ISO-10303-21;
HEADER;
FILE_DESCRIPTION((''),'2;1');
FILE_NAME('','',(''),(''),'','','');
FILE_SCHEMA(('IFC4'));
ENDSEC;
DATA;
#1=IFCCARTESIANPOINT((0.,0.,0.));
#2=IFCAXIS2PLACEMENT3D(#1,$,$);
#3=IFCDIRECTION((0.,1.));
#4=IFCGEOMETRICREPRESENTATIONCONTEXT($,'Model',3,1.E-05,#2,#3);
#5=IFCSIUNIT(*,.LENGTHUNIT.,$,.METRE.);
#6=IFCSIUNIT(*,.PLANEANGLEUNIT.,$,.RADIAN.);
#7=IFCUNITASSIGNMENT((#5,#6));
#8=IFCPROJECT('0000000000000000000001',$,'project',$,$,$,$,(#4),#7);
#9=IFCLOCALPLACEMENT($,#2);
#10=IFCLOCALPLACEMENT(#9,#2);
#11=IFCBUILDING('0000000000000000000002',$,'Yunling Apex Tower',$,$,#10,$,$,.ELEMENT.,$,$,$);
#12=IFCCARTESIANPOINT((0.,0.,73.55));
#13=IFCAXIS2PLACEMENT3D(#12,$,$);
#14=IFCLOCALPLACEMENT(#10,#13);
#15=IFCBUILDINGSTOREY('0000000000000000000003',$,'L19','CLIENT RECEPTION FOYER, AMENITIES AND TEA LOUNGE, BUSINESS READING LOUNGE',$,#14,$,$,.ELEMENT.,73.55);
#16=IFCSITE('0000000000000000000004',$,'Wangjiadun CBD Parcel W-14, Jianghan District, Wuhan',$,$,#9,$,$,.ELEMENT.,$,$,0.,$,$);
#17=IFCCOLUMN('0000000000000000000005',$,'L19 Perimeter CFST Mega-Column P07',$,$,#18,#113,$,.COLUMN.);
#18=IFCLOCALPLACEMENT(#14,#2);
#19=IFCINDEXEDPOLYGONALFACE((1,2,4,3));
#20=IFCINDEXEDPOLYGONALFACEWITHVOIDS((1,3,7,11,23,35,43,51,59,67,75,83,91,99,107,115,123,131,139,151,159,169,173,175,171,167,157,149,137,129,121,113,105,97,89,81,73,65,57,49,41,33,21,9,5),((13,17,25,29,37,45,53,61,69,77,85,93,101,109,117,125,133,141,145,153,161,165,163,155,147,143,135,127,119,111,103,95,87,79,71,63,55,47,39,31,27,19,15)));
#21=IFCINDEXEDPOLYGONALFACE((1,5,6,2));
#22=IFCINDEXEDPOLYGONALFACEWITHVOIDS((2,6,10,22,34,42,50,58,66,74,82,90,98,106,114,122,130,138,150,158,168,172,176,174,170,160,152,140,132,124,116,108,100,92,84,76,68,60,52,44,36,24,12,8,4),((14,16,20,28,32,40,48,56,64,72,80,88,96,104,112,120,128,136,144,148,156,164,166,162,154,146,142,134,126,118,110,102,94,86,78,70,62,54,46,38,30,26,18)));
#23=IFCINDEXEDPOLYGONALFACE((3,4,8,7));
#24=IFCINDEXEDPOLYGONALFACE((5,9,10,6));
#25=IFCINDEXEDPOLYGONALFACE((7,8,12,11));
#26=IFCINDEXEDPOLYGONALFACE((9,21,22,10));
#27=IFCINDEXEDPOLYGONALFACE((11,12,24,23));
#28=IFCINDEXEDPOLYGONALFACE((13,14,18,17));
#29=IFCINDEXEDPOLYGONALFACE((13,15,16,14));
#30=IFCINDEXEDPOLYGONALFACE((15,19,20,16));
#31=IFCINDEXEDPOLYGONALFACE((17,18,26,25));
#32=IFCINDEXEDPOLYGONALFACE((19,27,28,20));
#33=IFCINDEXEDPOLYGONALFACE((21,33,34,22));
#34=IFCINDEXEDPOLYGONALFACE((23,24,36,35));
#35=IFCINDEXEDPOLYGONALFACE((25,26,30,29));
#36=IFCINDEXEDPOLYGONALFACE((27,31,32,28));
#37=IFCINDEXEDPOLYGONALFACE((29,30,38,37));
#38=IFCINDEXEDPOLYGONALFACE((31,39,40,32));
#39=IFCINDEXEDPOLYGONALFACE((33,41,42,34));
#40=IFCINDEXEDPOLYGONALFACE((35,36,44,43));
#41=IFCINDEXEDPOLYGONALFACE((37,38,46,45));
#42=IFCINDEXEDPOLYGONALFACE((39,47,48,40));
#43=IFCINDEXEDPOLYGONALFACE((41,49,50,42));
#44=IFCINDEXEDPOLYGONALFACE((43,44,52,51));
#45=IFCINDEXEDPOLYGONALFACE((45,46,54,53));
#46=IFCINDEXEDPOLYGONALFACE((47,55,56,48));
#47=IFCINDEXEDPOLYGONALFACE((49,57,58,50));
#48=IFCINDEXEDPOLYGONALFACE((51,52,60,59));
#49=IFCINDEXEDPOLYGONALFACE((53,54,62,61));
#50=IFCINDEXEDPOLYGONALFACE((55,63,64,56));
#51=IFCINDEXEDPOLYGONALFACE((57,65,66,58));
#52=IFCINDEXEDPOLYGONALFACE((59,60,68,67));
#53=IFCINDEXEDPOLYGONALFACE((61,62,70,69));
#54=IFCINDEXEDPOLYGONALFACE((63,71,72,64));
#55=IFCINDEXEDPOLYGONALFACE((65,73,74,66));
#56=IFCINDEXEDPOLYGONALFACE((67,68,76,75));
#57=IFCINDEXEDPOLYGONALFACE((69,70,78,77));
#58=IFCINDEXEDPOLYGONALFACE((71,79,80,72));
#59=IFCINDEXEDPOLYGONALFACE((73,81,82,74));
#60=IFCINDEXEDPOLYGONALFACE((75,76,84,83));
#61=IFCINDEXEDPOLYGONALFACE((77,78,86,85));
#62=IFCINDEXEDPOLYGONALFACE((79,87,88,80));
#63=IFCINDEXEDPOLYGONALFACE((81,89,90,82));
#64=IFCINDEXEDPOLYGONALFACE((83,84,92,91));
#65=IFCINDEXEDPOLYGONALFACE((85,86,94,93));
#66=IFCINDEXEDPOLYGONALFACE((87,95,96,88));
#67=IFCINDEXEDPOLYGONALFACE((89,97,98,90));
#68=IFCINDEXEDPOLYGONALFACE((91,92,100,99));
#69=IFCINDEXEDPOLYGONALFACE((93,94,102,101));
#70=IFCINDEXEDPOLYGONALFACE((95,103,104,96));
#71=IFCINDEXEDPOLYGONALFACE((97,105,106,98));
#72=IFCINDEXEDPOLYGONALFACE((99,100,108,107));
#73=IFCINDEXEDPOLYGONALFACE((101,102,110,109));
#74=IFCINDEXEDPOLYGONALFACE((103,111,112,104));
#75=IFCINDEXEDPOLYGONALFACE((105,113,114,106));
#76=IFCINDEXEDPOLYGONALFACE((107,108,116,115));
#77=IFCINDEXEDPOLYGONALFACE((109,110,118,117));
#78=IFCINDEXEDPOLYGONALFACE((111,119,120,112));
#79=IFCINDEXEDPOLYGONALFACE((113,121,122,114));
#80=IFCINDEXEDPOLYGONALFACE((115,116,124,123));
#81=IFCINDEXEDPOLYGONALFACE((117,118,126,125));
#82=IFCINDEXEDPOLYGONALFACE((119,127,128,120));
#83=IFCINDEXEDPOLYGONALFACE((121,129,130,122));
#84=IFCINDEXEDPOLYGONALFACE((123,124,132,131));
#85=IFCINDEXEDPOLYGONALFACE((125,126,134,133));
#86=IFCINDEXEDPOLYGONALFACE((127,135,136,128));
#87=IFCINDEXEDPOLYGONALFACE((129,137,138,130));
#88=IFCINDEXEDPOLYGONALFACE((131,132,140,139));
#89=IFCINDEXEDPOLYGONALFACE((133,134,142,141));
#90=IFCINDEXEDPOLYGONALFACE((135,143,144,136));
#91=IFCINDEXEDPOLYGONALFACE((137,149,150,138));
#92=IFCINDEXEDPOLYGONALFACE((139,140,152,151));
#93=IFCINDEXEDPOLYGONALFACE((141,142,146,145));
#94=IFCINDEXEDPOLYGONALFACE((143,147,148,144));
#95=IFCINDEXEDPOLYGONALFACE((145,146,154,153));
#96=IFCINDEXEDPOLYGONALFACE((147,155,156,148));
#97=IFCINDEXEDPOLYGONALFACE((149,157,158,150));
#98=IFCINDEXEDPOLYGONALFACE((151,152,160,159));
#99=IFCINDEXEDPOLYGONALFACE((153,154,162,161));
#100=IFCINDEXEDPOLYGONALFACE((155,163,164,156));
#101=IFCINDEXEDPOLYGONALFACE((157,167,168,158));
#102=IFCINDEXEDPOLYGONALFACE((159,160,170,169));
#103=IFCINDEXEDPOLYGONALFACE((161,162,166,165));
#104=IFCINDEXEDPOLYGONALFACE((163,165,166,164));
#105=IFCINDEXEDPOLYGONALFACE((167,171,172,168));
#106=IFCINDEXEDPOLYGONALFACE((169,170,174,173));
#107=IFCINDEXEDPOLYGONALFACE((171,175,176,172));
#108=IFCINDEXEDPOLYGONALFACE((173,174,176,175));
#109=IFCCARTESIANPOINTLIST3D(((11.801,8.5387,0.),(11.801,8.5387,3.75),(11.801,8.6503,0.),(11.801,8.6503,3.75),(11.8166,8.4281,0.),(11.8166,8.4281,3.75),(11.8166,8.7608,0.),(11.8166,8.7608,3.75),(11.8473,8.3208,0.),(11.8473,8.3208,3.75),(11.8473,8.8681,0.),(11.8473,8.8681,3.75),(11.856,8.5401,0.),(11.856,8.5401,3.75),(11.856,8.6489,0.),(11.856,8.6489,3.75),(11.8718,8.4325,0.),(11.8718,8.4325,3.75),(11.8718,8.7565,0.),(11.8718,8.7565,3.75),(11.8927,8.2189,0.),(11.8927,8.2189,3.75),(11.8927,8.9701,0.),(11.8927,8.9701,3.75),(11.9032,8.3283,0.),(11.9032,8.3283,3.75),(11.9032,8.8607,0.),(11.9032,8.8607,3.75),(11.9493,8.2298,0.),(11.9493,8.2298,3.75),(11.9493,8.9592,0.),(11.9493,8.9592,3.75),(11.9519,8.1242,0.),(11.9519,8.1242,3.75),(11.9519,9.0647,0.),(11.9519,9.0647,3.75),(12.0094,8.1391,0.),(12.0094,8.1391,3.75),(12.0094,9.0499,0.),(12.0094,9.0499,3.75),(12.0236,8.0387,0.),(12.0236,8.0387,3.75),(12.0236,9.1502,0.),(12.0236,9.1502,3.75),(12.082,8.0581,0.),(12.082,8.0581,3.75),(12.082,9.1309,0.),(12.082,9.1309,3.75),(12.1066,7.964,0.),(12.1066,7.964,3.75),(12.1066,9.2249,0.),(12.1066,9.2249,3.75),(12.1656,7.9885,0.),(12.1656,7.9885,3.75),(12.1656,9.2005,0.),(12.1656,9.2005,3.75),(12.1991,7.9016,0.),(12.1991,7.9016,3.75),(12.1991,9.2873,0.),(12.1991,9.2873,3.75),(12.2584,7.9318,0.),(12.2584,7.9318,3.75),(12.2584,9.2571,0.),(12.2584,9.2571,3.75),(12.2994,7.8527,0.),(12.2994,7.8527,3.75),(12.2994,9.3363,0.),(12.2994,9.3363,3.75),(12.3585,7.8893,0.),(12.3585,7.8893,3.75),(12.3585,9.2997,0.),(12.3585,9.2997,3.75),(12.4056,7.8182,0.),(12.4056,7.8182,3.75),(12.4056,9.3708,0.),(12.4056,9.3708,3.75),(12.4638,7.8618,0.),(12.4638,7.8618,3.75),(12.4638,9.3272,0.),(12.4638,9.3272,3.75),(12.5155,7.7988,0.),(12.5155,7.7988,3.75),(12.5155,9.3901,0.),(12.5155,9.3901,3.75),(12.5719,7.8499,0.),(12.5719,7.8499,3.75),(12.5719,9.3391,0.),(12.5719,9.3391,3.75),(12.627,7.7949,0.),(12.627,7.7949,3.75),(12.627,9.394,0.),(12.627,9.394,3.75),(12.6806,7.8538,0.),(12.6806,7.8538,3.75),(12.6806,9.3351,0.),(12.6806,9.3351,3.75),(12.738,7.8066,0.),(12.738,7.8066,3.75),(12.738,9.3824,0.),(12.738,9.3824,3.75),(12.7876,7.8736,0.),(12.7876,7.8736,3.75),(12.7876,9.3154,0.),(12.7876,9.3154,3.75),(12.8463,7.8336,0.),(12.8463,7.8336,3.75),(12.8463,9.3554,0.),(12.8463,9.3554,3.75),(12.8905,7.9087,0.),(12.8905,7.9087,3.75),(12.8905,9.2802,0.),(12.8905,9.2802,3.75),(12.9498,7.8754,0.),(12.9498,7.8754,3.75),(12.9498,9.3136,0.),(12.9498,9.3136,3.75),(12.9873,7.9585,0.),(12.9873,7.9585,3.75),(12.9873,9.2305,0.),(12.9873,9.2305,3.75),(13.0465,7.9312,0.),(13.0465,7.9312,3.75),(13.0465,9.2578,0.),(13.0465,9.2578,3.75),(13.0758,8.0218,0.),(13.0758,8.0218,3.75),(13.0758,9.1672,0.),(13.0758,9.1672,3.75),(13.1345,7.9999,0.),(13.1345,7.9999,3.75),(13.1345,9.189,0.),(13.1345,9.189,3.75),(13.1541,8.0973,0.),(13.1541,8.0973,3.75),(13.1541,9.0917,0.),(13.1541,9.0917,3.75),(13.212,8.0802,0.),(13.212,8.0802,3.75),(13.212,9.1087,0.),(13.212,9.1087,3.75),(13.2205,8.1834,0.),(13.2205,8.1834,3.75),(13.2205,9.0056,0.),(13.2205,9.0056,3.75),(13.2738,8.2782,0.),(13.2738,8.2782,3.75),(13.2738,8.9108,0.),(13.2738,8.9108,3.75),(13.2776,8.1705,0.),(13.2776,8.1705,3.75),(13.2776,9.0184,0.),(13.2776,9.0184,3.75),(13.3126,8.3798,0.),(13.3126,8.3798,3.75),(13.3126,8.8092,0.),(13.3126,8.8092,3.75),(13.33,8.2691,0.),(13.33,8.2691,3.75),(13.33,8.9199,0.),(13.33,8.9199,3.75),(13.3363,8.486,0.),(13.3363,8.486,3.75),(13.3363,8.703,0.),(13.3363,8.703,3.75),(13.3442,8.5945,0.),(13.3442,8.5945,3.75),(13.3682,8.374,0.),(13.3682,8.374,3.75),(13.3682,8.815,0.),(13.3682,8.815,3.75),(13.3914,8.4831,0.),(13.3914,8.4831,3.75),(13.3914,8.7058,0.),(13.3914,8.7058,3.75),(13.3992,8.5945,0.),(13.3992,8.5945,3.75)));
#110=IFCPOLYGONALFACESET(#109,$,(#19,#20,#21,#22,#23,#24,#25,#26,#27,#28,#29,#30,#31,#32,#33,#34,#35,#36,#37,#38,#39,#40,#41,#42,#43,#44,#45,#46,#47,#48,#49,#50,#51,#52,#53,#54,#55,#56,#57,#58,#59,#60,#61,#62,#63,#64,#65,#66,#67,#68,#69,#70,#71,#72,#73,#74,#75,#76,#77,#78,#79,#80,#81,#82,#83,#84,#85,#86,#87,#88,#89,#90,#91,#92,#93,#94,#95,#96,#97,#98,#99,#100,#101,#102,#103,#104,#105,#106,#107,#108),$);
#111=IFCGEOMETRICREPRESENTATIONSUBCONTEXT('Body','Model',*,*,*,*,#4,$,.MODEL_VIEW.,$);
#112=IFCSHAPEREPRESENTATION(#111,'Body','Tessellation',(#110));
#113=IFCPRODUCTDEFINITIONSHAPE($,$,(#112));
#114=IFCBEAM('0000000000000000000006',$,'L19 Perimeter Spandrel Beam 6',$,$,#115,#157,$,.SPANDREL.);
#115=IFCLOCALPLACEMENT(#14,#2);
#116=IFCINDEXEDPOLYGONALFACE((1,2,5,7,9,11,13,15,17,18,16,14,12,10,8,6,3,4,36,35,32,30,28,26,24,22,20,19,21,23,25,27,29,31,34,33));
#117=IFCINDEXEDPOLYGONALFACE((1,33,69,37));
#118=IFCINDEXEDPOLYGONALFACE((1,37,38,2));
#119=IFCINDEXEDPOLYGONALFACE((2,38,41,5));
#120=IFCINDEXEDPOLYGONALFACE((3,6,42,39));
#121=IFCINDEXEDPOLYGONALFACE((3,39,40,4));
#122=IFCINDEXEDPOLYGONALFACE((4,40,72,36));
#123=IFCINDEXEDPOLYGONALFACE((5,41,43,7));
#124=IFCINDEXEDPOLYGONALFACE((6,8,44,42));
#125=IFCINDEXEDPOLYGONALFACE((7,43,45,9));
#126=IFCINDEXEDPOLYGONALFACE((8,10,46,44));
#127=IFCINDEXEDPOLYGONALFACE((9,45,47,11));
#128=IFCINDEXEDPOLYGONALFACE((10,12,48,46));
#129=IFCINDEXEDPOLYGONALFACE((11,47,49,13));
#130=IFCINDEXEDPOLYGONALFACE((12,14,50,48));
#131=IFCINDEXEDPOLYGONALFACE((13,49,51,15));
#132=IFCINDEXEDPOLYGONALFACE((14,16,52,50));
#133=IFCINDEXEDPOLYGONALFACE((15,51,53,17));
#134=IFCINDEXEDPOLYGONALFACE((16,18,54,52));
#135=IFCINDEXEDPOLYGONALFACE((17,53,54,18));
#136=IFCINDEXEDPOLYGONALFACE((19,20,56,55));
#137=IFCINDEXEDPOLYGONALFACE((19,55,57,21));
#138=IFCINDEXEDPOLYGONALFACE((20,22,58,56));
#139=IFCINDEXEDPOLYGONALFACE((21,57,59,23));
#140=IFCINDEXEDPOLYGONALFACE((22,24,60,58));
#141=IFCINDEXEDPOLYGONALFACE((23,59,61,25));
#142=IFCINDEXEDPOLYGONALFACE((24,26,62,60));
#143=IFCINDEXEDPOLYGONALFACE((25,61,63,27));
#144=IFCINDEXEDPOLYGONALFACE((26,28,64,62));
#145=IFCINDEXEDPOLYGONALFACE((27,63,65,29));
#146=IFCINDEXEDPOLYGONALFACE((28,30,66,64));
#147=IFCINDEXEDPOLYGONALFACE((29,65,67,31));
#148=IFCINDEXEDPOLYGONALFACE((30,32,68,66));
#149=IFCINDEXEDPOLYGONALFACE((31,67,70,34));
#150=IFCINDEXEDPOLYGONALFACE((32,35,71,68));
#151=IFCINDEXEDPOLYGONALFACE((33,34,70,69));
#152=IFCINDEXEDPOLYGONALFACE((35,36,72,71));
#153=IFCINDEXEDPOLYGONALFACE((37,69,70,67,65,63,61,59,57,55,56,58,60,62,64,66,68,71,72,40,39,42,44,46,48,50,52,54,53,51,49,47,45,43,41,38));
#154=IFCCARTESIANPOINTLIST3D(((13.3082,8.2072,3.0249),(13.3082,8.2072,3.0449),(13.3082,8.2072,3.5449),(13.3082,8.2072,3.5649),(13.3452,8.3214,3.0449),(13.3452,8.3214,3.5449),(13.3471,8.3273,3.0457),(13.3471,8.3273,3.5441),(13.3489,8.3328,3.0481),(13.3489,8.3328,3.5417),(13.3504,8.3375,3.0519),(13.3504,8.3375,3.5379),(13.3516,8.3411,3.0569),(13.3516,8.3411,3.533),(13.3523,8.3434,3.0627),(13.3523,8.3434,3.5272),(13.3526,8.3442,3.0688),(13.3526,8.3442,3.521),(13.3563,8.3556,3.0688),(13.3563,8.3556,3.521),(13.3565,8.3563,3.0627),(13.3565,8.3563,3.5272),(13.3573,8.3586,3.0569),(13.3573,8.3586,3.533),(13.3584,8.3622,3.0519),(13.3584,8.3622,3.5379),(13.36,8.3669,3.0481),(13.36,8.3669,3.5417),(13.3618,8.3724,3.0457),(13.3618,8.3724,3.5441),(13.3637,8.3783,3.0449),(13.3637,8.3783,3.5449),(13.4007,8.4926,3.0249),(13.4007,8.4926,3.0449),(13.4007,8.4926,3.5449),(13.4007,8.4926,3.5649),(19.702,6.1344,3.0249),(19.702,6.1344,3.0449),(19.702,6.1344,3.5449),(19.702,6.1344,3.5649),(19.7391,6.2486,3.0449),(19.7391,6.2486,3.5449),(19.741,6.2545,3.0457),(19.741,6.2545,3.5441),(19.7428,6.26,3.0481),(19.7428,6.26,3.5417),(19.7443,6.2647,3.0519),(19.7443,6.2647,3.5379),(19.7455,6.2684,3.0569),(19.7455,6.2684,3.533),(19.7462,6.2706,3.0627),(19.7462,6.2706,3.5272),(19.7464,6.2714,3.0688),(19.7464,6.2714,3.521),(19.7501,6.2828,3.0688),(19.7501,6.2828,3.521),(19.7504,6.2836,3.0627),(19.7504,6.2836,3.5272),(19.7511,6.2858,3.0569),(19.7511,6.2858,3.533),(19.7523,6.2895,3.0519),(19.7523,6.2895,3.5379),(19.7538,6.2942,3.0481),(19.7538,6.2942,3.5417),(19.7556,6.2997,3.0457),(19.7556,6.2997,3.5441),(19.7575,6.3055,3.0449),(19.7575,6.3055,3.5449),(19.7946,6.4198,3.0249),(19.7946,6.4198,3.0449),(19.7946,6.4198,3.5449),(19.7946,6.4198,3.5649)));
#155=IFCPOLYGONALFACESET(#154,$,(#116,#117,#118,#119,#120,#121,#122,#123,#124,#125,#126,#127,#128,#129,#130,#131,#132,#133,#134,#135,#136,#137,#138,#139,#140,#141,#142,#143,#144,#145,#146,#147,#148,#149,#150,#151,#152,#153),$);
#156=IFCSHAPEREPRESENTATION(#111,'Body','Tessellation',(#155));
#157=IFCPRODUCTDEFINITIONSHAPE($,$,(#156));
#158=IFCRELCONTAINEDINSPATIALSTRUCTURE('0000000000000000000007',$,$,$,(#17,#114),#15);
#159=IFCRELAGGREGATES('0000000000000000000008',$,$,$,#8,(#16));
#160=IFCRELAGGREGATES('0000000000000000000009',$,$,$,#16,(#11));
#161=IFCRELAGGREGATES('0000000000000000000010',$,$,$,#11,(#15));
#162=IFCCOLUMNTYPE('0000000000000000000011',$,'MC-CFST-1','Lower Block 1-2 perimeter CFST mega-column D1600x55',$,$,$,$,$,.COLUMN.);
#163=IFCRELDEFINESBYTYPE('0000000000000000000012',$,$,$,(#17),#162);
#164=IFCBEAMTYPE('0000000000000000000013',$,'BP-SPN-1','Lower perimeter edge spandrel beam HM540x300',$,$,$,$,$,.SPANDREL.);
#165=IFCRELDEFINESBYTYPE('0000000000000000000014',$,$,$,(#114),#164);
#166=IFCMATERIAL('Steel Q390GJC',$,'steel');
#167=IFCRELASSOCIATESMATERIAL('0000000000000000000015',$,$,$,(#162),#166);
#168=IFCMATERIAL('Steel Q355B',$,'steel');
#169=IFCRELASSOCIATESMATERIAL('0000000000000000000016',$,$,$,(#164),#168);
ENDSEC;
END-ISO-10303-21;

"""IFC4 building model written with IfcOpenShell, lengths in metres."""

from ifc_helpers import new_model, si_unit, direction, frame, origin, origin_2d, place, context, subcontext, project, spatial, hollow_circle, i_section, extrude, source, transform, mapped, material, material_profile, profile_set, type_object, element, save


model = new_model("IFC4")

# Units and contexts
model_context = context("Model", 3, precision=1e-05, world=origin(), true_north=direction((0.0, 1.0)))
body_context = subcontext(model_context, "Body", "Model", "MODEL_VIEW")
ifc_project = project(units=[si_unit("LENGTHUNIT", "METRE"), si_unit("PLANEANGLEUNIT", "RADIAN")], contexts=[model_context])

# Site, building, storey
site_placement = place(None, origin())
site = spatial("IfcSite", under=ifc_project, at=site_placement, Name="Wangjiadun CBD Parcel W-14, Jianghan District, Wuhan", CompositionType="ELEMENT", RefElevation=0.0)
building_placement = place(site_placement, origin())
building = spatial("IfcBuilding", under=site, at=building_placement, Name="Yunling Apex Tower", CompositionType="ELEMENT")
storey_placement = place(building_placement, frame((0.0, 0.0, 73.55)))
storey = spatial("IfcBuildingStorey", under=building, at=storey_placement, Name="L19", Description="CLIENT RECEPTION FOYER, AMENITIES AND TEA LOUNGE, BUSINESS READING LOUNGE", CompositionType="ELEMENT", Elevation=73.55)

# Column
ifc_material_1 = material(Name="Steel Q390GJC", Category="steel")
ifc_material_profile_1 = material_profile(ifc_material_1, hollow_circle(Radius=0.8, WallThickness=0.0549, at=origin_2d()))
ifc_profile_set_1 = profile_set([ifc_material_profile_1], Name="Steel Q390GJC")
column_type = type_object("IfcColumnType", Name="MC-CFST-1", Description="Lower Block 1-2 perimeter CFST mega-column D1600x55", PredefinedType="COLUMN", material=ifc_profile_set_1)
shared_shape_1 = source(origin(), body_context, "Body", "SweptSolid", [
    extrude(hollow_circle(Radius=0.8, WallThickness=0.0549, at=origin_2d()), origin(), (0.0, 0.0, 1.0), 3.75),
])
for number, where, z_axis, x_axis, name in (
    (1, (12.5991, 8.5945, 0.0), (0.0, 0.0, 1.0), (1.0, 0.0, 0.0), "L19 Perimeter CFST Mega-Column P07"),
):
    element("IfcColumn", number, at=place(storey_placement, frame(where, z_axis=z_axis, x_axis=x_axis)), inside=storey, type_object=column_type, Name=name, PredefinedType="COLUMN", context=body_context, shape_type="MappedRepresentation", body=[
        mapped(shared_shape_1, transform((0.0, 0.0, 0.0), scale=1.0)),
    ])

# Beam
ifc_material_2 = material(Name="Steel Q355B", Category="steel")
ifc_material_profile_2 = material_profile(ifc_material_2, i_section(OverallWidth=0.3, OverallDepth=0.54, WebThickness=0.012, FlangeThickness=0.02, FilletRadius=0.0239, at=origin_2d()))
ifc_profile_set_2 = profile_set([ifc_material_profile_2], Name="Steel Q355B")
beam_type_1 = type_object("IfcBeamType", Name="BP-SPN-1", Description="Lower perimeter edge spandrel beam HM540x300", PredefinedType="SPANDREL", material=ifc_profile_set_2)
shared_shape_2 = source(origin(), body_context, "Body", "SweptSolid", [
    extrude(i_section(OverallWidth=0.3, OverallDepth=0.54, WebThickness=0.012, FlangeThickness=0.02, FilletRadius=0.0239, at=origin_2d()), origin(), (0.0, 0.0, 1.0), 6.7214),
])
beam_1_placement = place(storey_placement, frame((19.7483, 6.2771, 3.2949), z_axis=(-0.951263, 0.308382, 0.0), x_axis=(-0.308382, -0.951263, 0.0)))
element("IfcBeam", 2, at=beam_1_placement, inside=storey, type_object=beam_type_1, Name="L19 Perimeter Spandrel Beam 6", PredefinedType="SPANDREL", context=body_context, shape_type="MappedRepresentation", body=[
    mapped(shared_shape_2, transform((0.0, 0.0, 0.0), scale=1.0)),
])

save(model, "model.ifc")
